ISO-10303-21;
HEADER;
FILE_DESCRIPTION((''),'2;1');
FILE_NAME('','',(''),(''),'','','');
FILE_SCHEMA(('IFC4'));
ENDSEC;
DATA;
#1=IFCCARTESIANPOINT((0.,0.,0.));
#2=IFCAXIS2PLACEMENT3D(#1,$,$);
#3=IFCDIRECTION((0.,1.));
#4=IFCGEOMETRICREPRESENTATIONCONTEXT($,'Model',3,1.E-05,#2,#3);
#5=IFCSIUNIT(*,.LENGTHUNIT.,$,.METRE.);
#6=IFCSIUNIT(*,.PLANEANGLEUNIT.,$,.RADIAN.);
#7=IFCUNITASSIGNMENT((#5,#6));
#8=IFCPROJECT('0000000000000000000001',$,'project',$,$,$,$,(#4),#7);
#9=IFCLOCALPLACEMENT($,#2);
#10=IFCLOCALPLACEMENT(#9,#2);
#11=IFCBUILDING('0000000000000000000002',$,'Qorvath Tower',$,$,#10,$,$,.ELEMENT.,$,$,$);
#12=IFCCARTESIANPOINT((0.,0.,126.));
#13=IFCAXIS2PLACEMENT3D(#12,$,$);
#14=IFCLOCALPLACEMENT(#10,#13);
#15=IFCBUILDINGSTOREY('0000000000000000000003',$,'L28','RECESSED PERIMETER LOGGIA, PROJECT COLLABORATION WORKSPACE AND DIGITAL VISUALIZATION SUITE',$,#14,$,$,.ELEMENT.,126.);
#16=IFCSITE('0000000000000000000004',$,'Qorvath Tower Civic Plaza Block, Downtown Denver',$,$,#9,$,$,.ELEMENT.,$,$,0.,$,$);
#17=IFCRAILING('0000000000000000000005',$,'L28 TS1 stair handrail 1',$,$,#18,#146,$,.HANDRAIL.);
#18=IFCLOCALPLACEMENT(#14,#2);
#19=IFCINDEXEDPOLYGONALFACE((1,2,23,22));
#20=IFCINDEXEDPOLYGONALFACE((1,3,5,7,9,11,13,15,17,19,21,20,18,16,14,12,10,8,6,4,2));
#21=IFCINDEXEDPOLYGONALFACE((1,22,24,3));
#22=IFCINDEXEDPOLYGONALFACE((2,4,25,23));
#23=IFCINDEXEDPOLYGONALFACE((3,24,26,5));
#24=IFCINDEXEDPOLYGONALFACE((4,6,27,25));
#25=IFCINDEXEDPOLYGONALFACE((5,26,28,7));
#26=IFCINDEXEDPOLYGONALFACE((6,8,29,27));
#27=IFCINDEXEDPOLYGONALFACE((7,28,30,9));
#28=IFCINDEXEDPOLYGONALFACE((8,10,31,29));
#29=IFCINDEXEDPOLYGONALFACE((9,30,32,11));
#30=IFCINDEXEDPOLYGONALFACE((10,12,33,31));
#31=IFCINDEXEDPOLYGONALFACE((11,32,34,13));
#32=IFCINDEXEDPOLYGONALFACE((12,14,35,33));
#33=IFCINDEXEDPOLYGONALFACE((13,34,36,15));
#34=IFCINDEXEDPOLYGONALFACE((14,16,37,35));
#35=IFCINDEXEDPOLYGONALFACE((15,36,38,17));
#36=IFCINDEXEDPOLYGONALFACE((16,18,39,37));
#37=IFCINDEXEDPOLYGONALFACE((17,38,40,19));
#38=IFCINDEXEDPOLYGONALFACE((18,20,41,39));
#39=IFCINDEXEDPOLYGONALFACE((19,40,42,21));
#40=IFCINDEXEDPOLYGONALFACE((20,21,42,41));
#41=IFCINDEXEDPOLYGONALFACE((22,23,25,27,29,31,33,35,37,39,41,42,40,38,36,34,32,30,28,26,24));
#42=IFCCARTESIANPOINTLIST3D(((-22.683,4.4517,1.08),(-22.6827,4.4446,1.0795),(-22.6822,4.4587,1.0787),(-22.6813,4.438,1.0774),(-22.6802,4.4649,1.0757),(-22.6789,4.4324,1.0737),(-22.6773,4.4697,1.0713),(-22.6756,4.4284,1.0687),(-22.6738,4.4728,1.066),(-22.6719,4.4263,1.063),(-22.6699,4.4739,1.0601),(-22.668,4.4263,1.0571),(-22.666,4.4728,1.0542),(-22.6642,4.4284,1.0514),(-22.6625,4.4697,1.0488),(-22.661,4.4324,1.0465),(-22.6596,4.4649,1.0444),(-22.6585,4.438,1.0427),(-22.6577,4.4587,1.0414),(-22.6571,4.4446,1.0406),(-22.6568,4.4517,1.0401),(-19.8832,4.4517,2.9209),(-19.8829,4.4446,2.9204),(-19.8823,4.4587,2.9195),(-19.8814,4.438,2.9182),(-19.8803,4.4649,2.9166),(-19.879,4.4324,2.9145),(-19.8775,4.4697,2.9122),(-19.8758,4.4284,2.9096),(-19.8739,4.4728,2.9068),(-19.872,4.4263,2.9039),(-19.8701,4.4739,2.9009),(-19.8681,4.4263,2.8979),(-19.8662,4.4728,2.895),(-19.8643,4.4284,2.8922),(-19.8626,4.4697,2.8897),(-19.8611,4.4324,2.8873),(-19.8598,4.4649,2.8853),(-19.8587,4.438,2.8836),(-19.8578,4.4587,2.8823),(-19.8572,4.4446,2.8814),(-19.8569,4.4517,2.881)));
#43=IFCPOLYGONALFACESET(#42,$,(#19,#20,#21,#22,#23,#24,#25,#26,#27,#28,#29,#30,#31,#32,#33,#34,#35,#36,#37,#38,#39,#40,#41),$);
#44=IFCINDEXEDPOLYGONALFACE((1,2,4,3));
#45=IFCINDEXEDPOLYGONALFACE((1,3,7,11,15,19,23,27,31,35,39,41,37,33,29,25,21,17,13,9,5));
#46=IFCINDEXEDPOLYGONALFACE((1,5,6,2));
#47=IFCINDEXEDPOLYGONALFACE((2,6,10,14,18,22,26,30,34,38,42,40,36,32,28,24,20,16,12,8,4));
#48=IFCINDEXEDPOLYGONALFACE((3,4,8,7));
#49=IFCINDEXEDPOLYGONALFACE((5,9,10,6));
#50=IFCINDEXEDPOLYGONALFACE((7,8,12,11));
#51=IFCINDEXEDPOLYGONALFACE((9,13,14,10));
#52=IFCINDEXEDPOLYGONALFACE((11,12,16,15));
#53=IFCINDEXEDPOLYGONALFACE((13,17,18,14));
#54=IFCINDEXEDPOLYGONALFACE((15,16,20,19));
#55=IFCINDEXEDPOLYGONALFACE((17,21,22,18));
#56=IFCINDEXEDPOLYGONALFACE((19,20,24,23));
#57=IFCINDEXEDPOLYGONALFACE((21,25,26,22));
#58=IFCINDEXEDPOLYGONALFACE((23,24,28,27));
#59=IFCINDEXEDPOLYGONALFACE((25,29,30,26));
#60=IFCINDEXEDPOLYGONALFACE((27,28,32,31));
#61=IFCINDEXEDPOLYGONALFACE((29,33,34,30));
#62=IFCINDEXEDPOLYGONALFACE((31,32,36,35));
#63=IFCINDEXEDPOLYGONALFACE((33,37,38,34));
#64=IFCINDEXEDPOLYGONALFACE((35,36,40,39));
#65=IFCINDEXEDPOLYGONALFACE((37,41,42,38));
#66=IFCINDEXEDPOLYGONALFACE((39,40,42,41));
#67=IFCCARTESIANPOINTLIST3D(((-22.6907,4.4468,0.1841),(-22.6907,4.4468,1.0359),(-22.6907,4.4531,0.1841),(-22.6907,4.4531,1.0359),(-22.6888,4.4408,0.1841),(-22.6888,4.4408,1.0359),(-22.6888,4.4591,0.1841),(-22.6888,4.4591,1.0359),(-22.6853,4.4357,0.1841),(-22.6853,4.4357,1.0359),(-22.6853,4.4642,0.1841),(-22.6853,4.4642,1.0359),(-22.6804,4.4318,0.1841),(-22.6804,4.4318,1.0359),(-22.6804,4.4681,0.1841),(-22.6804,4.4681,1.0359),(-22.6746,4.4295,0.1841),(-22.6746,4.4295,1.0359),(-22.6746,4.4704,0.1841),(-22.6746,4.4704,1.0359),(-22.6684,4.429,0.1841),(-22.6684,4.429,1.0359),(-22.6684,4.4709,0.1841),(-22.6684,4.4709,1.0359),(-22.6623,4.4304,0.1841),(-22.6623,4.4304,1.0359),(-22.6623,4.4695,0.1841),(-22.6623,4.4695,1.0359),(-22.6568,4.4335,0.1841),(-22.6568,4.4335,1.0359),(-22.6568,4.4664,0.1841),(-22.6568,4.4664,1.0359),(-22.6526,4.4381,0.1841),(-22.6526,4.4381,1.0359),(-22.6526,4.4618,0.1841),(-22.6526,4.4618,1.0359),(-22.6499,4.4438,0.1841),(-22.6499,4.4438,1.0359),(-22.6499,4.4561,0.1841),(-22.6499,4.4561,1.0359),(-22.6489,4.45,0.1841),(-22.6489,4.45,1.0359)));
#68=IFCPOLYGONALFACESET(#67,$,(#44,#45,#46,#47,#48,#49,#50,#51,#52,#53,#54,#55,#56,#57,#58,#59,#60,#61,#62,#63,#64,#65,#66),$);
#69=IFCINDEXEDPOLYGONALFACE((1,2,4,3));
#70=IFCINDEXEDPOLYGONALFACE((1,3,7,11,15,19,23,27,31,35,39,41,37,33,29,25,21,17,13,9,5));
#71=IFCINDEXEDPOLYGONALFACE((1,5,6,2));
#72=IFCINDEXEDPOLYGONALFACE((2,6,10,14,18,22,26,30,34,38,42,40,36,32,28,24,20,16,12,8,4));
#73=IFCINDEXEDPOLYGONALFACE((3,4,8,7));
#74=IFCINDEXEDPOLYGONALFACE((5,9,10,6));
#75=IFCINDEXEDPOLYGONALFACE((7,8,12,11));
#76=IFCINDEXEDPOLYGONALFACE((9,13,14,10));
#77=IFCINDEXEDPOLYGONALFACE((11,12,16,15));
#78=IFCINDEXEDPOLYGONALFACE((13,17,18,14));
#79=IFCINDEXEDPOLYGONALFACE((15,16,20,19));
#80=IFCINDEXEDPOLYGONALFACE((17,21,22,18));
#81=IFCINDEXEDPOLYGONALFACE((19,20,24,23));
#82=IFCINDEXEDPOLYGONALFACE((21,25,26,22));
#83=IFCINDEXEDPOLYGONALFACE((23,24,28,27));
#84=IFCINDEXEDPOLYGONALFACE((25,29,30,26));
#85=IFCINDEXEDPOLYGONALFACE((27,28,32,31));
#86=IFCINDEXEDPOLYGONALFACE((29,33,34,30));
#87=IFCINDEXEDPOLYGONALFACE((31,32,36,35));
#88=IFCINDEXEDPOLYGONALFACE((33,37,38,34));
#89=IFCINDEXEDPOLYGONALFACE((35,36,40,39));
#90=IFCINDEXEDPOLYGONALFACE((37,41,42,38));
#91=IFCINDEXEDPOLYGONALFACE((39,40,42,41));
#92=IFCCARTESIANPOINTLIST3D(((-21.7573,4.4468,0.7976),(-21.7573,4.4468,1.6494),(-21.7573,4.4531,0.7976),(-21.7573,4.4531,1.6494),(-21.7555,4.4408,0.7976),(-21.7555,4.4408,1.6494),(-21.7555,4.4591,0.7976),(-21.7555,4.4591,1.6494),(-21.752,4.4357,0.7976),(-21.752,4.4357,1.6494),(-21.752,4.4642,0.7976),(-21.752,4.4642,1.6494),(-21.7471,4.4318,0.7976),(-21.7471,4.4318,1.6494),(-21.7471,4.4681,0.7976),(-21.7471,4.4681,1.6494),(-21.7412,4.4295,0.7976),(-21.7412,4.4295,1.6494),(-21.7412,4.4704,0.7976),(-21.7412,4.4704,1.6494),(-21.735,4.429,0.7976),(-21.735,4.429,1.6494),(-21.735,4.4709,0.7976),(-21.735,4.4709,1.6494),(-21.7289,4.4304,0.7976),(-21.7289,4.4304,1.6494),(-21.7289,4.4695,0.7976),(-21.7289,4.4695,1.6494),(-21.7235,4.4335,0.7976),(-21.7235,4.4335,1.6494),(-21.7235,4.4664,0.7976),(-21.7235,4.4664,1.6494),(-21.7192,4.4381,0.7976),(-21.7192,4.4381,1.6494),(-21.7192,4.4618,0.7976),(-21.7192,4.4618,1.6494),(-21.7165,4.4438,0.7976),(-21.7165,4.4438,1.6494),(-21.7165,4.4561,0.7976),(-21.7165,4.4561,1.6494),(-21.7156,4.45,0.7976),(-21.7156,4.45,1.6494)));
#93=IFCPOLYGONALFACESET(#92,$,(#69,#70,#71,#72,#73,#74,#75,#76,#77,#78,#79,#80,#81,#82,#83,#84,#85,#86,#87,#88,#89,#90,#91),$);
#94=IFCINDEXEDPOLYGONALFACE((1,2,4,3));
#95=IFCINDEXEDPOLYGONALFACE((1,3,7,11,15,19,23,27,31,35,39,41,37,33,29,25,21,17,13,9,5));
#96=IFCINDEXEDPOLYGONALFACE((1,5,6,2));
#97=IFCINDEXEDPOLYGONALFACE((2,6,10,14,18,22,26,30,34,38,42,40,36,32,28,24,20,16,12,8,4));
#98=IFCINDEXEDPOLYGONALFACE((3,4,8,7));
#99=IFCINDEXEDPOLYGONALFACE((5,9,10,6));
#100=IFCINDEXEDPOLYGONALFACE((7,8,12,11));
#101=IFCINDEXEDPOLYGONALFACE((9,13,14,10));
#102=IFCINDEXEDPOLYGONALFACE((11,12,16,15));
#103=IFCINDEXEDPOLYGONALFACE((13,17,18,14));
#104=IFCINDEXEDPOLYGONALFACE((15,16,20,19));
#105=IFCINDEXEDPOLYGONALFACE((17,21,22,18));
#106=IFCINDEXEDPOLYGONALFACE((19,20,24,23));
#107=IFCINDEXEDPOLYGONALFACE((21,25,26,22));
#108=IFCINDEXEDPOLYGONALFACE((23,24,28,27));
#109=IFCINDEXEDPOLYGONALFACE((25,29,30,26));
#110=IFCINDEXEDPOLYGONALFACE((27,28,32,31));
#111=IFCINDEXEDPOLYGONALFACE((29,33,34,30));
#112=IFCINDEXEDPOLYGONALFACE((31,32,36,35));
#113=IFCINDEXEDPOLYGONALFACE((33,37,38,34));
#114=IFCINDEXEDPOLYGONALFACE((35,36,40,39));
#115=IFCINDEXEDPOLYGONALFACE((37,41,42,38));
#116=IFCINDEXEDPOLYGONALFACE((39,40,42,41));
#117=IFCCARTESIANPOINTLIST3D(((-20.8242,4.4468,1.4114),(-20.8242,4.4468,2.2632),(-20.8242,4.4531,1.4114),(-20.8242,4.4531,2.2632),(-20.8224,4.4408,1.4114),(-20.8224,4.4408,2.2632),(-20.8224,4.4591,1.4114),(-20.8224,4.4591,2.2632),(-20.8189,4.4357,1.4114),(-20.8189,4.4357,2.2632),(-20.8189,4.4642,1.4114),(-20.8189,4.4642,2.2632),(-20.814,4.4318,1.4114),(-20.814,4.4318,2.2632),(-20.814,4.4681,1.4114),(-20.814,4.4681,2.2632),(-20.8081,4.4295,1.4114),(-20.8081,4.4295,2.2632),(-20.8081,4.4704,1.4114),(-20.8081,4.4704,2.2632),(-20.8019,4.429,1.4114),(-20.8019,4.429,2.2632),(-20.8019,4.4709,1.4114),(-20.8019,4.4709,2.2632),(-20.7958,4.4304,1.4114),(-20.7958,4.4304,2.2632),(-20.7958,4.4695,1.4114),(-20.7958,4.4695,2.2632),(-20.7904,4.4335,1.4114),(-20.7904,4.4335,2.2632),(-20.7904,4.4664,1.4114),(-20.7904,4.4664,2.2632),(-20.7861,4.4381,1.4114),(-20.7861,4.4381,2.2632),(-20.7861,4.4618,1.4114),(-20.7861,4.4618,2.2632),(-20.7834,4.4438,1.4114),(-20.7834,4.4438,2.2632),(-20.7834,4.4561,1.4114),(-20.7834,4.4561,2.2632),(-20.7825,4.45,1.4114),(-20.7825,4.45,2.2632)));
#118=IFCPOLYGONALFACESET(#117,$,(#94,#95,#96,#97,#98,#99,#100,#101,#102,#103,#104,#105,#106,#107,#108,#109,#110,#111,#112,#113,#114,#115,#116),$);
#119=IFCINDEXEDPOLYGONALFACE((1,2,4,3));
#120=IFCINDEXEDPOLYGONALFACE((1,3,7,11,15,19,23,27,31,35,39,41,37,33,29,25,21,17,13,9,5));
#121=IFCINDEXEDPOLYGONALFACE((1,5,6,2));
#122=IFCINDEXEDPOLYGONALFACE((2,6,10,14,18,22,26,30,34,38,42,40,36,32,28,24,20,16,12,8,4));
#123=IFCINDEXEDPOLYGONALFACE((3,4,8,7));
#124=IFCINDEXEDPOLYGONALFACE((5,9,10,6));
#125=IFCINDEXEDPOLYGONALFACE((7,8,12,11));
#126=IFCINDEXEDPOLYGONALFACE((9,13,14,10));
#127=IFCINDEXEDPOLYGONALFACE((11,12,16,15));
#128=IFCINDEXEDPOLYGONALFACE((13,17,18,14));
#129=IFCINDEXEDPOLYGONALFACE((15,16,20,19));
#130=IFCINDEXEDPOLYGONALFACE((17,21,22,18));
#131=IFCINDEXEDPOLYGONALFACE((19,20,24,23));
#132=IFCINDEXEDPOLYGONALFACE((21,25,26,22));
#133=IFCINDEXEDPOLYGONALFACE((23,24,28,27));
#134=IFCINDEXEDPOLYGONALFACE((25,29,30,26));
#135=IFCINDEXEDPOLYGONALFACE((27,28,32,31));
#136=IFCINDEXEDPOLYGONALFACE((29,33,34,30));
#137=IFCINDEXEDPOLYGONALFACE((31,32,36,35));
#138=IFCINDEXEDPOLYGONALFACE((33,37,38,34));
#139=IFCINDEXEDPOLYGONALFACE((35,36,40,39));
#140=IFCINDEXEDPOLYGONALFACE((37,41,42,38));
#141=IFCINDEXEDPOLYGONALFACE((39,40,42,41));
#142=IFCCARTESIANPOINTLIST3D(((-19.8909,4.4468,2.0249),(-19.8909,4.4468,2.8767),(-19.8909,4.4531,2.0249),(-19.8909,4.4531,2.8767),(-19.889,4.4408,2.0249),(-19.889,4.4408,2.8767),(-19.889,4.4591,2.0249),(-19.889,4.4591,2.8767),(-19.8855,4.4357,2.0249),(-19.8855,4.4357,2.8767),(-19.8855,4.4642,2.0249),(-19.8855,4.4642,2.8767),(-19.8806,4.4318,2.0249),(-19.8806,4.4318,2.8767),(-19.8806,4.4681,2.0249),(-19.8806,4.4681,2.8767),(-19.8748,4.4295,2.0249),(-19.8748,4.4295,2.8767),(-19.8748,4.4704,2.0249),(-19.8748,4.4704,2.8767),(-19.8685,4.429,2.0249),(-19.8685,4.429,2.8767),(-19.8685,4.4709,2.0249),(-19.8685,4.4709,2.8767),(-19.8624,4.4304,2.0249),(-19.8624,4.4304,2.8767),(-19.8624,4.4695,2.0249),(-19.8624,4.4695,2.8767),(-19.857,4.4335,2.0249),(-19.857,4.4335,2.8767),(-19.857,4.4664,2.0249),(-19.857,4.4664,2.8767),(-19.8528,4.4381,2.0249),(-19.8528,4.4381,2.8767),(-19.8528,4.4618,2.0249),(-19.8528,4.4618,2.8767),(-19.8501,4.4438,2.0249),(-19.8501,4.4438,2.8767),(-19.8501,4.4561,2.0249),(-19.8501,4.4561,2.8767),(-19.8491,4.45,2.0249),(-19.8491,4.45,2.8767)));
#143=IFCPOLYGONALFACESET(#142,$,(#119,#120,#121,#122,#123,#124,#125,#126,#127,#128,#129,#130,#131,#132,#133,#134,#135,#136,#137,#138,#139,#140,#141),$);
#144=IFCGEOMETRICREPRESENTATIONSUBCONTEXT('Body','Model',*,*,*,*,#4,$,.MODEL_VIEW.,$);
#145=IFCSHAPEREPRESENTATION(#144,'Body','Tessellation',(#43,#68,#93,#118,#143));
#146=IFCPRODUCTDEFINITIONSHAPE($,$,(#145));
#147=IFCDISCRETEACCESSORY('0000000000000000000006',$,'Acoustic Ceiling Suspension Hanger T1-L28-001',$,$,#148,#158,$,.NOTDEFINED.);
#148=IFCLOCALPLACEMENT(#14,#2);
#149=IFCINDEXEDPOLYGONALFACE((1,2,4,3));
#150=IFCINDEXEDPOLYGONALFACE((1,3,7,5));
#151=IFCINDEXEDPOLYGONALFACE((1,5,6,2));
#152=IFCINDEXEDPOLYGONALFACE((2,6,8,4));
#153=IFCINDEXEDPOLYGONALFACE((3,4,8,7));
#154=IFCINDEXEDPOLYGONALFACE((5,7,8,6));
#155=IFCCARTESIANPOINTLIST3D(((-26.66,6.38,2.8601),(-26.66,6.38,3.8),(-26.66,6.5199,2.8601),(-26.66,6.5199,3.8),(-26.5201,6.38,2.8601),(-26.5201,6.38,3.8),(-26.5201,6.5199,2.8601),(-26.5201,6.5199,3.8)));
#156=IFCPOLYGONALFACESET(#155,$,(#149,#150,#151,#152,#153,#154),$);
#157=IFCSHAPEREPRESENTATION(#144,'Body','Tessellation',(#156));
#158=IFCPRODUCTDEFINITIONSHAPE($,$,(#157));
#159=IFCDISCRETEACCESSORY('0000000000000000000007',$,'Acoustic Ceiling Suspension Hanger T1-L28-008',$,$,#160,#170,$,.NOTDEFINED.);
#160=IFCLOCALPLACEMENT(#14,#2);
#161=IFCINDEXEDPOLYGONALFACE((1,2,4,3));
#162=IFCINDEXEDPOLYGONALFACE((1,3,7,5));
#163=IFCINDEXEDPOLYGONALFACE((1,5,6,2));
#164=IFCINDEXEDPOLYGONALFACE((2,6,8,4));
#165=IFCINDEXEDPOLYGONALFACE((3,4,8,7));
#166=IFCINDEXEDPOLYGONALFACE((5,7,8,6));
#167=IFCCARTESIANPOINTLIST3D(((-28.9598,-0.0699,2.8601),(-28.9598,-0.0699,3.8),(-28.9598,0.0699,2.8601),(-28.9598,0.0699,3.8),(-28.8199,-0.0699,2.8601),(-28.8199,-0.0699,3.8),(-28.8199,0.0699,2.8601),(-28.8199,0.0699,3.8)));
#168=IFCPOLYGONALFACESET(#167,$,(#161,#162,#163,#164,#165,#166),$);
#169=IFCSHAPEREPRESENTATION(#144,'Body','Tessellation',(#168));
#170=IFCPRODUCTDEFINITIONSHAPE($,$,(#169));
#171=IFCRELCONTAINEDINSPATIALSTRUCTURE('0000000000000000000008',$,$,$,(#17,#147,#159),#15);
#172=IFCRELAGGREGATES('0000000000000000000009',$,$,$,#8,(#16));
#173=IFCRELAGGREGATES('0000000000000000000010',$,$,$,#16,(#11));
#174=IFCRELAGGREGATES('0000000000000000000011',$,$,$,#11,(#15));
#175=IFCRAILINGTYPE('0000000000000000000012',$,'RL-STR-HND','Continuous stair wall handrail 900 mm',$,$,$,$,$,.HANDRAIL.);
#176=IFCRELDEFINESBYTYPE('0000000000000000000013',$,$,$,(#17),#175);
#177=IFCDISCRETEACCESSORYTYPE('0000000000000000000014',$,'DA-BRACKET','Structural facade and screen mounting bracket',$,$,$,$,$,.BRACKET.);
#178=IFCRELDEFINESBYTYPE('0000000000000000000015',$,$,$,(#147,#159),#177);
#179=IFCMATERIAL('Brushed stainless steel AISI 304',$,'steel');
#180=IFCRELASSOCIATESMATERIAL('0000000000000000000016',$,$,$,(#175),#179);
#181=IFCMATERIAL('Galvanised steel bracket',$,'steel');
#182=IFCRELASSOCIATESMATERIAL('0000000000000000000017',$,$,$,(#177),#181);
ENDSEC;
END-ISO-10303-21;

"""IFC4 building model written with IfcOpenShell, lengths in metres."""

from ifc_helpers import new_model, si_unit, direction, frame, origin, origin_2d, place, context, subcontext, project, spatial, rectangle, circle, extrude, material, type_object, element, save


model = new_model("IFC4")

# Units and contexts
model_context = context("Model", 3, precision=1e-05, world=origin(), true_north=direction((0.0, 1.0)))
body_context = subcontext(model_context, "Body", "Model", "MODEL_VIEW")
ifc_project = project(units=[si_unit("LENGTHUNIT", "METRE"), si_unit("PLANEANGLEUNIT", "RADIAN")], contexts=[model_context])

# Site, building, storey
site_placement = place(None, origin())
site = spatial("IfcSite", under=ifc_project, at=site_placement, Name="Qorvath Tower Civic Plaza Block, Downtown Denver", CompositionType="ELEMENT", RefElevation=0.0)
building_placement = place(site_placement, origin())
building = spatial("IfcBuilding", under=site, at=building_placement, Name="Qorvath Tower", CompositionType="ELEMENT")
storey_placement = place(building_placement, frame((0.0, 0.0, 126.0)))
storey = spatial("IfcBuildingStorey", under=building, at=storey_placement, Name="L28", Description="RECESSED PERIMETER LOGGIA, PROJECT COLLABORATION WORKSPACE AND DIGITAL VISUALIZATION SUITE", CompositionType="ELEMENT", Elevation=126.0)

# Railing
ifc_material_1 = material(Name="Brushed stainless steel AISI 304", Category="steel")
railing_type_1 = type_object("IfcRailingType", Name="RL-STR-HND", Description="Continuous stair wall handrail 900 mm", PredefinedType="HANDRAIL", material=ifc_material_1)
railing_1_placement = place(storey_placement, frame((-22.6699, 4.45, 0.1841)))
element("IfcRailing", 1, at=railing_1_placement, inside=storey, type_object=railing_type_1, Name="L28 TS1 stair handrail 1", PredefinedType="HANDRAIL", context=body_context, shape_type="SweptSolid", body=[
    extrude(circle(Radius=0.0239, at=origin_2d()), frame((0.0, 0.0, 0.876), z_axis=(0.835576, 0.0, 0.549376), x_axis=(0.0, 1.0, 0.0)), (0.0, 0.0, 1.0), 3.3508),
    extrude(circle(Radius=0.021, at=origin_2d()), origin(), (0.0, 0.0, 1.0), 0.8518),
    extrude(circle(Radius=0.021, at=origin_2d()), frame((0.9333, 0.0, 0.6135)), (0.0, 0.0, 1.0), 0.8518),
    extrude(circle(Radius=0.021, at=origin_2d()), frame((1.8665, 0.0, 1.2273)), (0.0, 0.0, 1.0), 0.8518),
    extrude(circle(Radius=0.021, at=origin_2d()), frame((2.7998, 0.0, 1.8408)), (0.0, 0.0, 1.0), 0.8518),
])

# Discrete accessories
ifc_material_2 = material(Name="Galvanised steel bracket", Category="steel")
discrete_accessory_type = type_object("IfcDiscreteAccessoryType", Name="DA-BRACKET", Description="Structural facade and screen mounting bracket", PredefinedType="BRACKET", material=ifc_material_2)
for number, where, z_axis, x_axis, name in (
    (2, (-26.5901, 6.45, 2.8601), (0.0, 0.0, 1.0), (1.0, 0.0, 0.0), "Acoustic Ceiling Suspension Hanger T1-L28-001"),
    (3, (-28.8899, 0.0, 2.8601), (0.0, 0.0, 1.0), (1.0, 0.0, 0.0), "Acoustic Ceiling Suspension Hanger T1-L28-008"),
):
    element("IfcDiscreteAccessory", number, at=place(storey_placement, frame(where, z_axis=z_axis, x_axis=x_axis)), inside=storey, type_object=discrete_accessory_type, Name=name, PredefinedType="NOTDEFINED", context=body_context, shape_type="SweptSolid", body=[
        extrude(rectangle(XDim=0.1399, YDim=0.1399, at=origin_2d()), origin(), (0.0, 0.0, 1.0), 0.9399),
    ])

save(model, "model.ifc")
